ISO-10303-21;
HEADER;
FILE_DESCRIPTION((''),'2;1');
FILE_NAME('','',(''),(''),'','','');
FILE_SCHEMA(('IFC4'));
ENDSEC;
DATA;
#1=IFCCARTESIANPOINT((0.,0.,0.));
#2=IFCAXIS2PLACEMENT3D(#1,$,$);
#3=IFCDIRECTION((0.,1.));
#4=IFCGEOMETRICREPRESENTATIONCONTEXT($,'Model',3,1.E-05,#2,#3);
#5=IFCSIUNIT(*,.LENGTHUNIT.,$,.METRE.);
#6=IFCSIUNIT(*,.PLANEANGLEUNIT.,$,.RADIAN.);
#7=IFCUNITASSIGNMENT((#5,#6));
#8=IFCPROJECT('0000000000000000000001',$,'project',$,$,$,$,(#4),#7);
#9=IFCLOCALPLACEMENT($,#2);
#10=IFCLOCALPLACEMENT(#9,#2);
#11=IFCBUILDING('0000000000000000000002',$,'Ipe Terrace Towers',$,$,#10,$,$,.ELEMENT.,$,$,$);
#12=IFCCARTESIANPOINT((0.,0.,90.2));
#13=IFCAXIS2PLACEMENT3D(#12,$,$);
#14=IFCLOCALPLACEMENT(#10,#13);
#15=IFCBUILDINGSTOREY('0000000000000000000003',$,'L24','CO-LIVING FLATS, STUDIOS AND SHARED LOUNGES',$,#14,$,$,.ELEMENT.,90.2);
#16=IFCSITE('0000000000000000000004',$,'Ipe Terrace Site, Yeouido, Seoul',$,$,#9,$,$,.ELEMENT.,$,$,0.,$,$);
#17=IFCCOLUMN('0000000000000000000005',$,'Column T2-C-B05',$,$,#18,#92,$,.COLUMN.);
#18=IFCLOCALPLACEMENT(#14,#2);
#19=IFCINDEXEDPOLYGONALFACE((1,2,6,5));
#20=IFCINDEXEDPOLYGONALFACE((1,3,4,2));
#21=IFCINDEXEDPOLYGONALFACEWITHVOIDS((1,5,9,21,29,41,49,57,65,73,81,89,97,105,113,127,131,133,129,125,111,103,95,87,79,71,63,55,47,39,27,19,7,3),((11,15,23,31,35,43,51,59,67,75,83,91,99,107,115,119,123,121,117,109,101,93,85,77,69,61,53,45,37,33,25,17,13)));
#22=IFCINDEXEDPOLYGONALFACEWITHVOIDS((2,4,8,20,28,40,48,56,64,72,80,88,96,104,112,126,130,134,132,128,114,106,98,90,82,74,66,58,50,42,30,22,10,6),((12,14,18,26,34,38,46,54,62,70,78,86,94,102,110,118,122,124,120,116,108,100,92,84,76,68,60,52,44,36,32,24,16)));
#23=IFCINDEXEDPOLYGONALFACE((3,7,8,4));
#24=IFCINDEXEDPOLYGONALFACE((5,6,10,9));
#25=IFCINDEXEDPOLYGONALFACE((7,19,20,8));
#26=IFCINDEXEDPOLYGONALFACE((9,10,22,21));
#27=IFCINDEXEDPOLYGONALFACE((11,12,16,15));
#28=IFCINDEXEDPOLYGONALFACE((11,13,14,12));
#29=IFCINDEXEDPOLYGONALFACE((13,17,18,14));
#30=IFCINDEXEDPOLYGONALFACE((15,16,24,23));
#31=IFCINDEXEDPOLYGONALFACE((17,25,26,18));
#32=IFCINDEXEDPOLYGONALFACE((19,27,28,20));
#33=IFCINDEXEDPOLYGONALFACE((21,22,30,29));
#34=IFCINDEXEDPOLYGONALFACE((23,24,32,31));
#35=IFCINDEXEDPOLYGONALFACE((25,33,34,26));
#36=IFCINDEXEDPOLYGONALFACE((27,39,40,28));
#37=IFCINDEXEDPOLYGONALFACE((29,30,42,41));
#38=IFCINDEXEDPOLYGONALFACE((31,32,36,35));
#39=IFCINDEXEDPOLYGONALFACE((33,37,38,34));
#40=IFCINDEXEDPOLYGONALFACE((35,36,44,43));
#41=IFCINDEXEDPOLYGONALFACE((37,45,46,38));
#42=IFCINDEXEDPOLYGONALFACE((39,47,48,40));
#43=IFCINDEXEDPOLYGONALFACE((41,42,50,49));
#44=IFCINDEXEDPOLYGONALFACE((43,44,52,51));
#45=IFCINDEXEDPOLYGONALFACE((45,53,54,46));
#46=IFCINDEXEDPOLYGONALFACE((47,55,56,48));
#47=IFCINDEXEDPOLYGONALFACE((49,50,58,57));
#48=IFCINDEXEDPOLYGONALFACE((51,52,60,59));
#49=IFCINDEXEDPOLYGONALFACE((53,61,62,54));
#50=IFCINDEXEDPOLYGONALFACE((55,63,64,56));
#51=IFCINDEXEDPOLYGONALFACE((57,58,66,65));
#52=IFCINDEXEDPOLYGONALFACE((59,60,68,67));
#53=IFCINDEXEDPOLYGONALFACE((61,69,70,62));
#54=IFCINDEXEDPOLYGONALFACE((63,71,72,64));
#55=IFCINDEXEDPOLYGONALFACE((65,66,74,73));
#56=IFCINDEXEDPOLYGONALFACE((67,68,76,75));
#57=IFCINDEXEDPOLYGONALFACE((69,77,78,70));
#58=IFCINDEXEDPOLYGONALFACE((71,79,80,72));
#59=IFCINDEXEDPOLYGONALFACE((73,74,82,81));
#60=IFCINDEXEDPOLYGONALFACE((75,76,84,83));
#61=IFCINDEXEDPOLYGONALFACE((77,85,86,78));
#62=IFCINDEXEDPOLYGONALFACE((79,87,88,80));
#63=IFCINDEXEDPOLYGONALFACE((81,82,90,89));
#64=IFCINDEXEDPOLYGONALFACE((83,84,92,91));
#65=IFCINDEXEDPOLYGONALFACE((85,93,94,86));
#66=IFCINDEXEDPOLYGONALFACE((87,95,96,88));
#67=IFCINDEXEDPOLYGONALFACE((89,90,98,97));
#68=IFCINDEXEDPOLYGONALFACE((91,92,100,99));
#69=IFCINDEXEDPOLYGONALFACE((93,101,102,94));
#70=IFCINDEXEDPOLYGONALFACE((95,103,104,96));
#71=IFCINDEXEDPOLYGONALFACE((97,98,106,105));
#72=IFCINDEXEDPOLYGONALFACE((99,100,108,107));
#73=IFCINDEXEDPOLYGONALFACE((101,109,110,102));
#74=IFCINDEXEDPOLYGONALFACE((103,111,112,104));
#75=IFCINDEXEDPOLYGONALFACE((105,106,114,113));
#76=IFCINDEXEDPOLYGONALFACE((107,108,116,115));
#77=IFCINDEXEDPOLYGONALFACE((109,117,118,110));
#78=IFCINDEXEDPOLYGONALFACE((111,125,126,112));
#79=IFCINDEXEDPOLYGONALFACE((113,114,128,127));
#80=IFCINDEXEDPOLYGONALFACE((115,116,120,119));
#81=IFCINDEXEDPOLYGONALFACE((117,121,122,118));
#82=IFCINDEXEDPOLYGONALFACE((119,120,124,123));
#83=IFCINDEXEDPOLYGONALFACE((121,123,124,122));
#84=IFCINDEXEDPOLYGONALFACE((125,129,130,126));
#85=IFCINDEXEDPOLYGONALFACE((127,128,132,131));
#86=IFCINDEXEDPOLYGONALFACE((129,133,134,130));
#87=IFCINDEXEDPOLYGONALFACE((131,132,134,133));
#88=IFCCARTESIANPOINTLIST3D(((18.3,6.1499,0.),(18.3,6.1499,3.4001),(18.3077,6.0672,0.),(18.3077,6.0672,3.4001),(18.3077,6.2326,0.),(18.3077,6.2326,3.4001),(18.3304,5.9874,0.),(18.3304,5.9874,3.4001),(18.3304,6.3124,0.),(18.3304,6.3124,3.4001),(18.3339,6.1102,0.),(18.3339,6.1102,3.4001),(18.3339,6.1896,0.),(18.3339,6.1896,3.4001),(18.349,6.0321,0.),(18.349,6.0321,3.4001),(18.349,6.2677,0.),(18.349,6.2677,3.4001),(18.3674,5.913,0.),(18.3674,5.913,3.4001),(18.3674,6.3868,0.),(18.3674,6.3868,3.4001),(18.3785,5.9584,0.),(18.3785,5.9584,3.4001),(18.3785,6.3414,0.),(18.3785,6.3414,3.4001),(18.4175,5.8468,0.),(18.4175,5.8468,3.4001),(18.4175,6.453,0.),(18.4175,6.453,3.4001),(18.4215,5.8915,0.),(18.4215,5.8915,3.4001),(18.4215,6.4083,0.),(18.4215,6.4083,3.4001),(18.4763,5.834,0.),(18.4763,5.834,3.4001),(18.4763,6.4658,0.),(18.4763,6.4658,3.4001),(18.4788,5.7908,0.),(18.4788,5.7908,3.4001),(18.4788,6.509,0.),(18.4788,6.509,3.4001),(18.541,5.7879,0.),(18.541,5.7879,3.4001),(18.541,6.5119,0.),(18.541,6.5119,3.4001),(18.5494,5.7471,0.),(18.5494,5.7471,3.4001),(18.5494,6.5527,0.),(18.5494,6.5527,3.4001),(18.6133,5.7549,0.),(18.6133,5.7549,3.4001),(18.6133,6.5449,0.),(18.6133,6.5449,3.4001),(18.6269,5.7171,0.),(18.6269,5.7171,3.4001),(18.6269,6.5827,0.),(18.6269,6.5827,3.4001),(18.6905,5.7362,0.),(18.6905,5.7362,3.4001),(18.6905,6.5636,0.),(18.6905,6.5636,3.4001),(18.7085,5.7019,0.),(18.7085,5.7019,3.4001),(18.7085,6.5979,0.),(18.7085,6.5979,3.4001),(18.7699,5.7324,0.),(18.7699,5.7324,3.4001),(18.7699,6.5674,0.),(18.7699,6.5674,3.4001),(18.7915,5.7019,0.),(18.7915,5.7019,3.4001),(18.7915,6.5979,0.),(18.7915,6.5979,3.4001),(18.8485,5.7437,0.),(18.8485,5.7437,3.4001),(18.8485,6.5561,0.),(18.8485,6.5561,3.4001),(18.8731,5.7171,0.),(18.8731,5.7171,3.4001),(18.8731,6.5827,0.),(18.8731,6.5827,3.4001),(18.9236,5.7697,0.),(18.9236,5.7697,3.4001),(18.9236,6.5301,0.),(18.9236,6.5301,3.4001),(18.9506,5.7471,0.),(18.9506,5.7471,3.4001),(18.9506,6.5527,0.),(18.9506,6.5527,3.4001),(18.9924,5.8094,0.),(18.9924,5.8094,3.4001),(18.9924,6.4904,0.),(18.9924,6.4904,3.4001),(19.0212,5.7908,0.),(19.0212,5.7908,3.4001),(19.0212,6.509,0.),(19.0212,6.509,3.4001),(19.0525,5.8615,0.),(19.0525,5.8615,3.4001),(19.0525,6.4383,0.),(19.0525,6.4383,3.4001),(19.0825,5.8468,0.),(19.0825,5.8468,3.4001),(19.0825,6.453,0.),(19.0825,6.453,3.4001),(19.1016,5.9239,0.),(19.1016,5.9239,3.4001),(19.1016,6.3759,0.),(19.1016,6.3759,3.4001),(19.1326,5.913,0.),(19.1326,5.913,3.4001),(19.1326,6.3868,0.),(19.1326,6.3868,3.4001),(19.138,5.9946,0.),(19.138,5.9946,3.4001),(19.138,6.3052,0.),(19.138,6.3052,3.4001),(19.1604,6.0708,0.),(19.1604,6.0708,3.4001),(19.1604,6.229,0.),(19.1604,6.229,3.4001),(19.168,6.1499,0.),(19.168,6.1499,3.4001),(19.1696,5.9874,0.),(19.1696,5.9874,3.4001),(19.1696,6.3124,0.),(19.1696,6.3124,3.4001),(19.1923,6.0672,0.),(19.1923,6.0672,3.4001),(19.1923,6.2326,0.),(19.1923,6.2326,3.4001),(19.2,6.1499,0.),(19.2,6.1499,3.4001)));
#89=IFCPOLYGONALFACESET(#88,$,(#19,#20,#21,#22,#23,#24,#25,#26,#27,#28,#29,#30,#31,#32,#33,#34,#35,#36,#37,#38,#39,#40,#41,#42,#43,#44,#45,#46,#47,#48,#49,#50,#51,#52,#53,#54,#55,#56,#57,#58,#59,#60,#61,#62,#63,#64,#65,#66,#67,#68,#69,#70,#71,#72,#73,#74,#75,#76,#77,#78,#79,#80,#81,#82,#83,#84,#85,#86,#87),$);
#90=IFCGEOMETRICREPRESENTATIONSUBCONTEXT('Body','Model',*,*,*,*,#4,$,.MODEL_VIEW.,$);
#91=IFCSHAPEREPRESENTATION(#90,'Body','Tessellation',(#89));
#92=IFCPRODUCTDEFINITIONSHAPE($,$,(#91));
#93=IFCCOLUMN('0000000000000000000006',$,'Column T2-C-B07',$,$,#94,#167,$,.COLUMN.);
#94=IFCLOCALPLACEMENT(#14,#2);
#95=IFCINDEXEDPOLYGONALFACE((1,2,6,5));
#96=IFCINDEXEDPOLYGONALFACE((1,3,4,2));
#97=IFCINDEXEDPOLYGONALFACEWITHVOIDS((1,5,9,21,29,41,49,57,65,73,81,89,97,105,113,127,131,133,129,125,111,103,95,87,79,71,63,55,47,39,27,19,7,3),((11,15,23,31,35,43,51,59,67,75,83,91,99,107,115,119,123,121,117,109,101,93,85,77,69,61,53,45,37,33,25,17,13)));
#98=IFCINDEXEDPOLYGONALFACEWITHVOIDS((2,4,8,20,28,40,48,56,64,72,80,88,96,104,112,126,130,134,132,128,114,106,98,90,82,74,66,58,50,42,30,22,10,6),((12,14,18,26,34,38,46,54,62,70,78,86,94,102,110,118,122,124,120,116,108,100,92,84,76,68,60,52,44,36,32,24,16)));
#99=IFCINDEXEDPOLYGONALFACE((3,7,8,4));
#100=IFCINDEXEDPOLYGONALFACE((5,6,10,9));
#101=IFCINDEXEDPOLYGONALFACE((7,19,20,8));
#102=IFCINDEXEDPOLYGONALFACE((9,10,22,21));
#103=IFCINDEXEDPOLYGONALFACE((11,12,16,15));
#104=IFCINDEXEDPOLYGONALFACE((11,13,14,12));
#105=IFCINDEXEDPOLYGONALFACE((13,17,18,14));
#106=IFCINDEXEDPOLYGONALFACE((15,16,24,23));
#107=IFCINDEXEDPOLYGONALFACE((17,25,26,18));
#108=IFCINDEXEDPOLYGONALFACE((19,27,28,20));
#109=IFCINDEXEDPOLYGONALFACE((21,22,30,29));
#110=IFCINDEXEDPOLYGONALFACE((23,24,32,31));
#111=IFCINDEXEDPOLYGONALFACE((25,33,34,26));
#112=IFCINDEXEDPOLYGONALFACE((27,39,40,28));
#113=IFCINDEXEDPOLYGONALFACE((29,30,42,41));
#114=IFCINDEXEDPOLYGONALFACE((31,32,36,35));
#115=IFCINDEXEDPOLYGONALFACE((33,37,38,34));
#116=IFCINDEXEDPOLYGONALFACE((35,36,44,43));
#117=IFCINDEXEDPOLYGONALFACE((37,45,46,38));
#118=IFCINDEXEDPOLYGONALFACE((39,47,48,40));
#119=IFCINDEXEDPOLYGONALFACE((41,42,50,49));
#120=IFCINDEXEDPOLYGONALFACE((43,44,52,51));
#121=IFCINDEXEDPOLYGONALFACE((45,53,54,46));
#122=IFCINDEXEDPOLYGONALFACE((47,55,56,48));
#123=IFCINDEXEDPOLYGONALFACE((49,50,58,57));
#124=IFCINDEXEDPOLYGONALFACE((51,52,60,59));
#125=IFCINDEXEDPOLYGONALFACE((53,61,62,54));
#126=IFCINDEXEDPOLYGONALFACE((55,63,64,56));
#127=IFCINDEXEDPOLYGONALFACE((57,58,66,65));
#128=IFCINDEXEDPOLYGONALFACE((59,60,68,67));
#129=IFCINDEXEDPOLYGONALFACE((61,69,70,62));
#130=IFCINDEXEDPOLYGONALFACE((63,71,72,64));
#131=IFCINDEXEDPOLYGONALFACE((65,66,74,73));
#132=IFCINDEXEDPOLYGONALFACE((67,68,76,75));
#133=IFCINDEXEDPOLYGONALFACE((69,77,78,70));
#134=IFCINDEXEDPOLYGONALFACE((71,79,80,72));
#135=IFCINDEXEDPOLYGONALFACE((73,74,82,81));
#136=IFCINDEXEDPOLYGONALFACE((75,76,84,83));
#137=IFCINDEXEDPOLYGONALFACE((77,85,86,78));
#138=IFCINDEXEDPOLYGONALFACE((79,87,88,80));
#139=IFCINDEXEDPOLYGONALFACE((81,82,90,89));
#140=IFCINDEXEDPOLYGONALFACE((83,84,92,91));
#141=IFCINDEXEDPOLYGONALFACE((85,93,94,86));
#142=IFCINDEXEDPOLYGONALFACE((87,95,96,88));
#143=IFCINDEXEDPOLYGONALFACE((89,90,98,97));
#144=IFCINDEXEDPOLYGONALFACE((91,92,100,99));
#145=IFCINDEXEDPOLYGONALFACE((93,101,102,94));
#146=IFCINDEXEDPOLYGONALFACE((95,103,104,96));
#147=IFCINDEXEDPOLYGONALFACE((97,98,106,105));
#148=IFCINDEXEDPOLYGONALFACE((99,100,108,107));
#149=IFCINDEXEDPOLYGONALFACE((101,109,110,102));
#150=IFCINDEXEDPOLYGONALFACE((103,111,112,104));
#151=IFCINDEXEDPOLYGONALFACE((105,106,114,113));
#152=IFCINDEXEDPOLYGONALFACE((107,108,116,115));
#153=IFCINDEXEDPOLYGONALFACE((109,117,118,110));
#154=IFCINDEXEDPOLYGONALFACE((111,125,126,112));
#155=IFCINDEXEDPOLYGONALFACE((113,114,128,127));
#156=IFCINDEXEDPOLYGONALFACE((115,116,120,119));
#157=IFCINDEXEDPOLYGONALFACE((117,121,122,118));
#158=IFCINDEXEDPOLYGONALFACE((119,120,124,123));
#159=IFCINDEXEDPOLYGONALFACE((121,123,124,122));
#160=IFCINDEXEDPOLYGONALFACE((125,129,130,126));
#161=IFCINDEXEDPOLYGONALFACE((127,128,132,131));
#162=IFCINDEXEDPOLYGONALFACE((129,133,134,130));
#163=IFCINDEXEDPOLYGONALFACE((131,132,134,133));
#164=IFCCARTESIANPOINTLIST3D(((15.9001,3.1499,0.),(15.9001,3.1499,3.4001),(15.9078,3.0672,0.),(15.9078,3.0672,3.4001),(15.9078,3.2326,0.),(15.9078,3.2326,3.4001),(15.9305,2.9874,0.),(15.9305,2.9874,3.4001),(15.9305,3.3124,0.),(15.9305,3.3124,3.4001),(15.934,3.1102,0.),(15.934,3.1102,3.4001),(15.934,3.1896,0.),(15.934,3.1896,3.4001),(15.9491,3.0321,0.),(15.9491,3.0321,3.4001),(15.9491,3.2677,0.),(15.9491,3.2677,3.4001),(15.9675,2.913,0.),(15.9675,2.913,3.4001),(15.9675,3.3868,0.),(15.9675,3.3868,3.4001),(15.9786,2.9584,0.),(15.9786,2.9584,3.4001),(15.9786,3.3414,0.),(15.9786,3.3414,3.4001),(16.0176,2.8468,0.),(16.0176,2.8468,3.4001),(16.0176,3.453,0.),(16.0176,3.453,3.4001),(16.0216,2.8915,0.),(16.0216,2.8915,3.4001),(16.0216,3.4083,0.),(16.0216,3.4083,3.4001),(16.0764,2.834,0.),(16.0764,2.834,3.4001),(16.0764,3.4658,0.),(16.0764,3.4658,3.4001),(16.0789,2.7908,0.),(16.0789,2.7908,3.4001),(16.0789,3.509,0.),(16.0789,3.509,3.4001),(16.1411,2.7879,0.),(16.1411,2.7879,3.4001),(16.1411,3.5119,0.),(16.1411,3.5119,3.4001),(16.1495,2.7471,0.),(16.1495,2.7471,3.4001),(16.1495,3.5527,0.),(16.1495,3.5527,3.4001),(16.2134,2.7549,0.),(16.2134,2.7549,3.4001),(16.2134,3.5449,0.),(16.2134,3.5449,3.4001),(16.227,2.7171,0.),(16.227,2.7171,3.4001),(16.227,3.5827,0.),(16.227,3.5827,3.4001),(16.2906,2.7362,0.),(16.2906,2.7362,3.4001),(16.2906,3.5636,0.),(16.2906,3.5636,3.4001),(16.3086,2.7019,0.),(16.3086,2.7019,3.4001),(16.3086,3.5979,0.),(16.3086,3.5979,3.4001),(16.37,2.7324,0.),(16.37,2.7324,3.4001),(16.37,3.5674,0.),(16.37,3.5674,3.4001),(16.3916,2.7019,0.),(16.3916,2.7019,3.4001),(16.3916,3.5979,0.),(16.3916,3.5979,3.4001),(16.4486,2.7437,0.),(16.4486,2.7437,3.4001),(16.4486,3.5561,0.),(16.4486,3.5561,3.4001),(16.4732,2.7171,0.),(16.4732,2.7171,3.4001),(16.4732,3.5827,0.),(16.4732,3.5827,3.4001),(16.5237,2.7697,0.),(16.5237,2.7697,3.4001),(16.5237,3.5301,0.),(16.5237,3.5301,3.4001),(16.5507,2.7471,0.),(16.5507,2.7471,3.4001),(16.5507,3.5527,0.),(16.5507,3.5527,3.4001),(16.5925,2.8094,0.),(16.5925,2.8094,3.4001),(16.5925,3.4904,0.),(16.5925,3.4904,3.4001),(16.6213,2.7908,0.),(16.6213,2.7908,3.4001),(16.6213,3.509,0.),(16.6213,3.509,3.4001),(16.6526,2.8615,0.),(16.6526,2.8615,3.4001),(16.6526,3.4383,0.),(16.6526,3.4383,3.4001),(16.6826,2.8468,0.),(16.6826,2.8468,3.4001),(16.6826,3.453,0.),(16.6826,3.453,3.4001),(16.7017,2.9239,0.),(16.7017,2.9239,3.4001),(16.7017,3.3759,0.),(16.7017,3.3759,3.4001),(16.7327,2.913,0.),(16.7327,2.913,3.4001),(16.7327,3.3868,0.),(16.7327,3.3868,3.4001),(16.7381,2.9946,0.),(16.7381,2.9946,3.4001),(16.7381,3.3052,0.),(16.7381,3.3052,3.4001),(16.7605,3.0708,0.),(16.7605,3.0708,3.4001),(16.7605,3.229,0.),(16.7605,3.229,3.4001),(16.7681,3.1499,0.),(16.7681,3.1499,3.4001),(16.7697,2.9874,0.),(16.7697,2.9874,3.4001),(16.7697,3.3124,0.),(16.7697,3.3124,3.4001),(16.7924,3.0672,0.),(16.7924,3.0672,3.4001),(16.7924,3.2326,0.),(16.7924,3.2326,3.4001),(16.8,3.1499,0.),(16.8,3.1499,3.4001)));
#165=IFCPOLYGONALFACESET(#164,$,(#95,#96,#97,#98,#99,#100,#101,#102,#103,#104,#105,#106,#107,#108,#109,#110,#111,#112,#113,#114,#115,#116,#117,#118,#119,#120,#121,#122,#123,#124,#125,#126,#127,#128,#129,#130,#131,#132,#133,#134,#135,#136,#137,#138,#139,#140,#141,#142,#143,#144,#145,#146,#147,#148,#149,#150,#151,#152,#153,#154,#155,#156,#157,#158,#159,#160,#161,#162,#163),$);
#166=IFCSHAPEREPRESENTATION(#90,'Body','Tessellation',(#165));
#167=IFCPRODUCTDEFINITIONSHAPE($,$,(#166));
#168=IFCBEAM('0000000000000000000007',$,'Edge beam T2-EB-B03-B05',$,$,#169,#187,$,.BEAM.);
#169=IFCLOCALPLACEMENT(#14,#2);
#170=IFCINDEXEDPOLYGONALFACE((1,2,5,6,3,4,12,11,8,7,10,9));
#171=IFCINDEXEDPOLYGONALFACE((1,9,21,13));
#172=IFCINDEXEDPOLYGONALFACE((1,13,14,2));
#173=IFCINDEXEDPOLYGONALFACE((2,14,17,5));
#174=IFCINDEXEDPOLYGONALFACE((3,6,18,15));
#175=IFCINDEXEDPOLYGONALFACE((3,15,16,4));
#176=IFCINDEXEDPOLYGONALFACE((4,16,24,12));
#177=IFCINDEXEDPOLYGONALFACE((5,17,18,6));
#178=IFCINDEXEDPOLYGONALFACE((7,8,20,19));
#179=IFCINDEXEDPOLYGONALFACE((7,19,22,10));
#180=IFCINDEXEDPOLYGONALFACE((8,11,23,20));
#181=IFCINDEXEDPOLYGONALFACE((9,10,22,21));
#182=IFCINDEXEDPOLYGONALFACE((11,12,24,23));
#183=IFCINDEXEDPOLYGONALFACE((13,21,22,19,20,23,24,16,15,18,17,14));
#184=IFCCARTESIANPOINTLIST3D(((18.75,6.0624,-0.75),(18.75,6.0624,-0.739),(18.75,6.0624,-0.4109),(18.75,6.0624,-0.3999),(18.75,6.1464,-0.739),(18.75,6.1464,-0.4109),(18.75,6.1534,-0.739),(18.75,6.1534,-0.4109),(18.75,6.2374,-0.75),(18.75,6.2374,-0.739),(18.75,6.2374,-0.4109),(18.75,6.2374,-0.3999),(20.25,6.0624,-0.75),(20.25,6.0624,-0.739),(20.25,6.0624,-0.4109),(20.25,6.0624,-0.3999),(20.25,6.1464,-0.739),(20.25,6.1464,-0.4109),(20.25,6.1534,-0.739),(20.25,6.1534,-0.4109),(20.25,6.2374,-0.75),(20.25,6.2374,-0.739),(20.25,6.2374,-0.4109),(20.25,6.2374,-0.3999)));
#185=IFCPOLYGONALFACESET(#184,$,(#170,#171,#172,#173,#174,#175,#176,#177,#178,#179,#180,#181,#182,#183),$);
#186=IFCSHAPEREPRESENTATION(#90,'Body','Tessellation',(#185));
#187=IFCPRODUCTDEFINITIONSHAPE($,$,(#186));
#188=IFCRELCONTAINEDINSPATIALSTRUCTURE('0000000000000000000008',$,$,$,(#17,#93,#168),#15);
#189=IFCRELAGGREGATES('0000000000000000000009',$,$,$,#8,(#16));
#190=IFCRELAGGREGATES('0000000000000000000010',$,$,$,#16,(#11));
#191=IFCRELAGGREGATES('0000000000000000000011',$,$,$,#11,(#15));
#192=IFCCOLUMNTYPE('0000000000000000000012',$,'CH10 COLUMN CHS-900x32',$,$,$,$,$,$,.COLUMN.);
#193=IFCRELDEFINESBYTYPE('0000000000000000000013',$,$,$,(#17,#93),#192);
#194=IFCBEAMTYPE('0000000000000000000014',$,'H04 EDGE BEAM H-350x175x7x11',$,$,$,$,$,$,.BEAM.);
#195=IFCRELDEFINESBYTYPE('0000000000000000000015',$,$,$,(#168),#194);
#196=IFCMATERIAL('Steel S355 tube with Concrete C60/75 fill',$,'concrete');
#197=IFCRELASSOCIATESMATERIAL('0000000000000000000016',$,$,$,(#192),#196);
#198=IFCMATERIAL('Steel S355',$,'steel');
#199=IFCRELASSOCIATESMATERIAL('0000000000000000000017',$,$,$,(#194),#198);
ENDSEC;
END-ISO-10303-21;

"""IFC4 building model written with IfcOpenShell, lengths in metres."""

from ifc_helpers import new_model, si_unit, direction, frame, origin, origin_2d, place, context, subcontext, project, spatial, hollow_circle, i_section, extrude, material, material_profile, profile_set, type_object, element, save


model = new_model("IFC4")

# Units and contexts
model_context = context("Model", 3, precision=1e-05, world=origin(), true_north=direction((0.0, 1.0)))
body_context = subcontext(model_context, "Body", "Model", "MODEL_VIEW")
ifc_project = project(units=[si_unit("LENGTHUNIT", "METRE"), si_unit("PLANEANGLEUNIT", "RADIAN")], contexts=[model_context])

# Site, building, storey
site_placement = place(None, origin())
site = spatial("IfcSite", under=ifc_project, at=site_placement, Name="Ipe Terrace Site, Yeouido, Seoul", CompositionType="ELEMENT", RefElevation=0.0)
building_placement = place(site_placement, origin())
building = spatial("IfcBuilding", under=site, at=building_placement, Name="Ipe Terrace Towers", CompositionType="ELEMENT")
storey_placement = place(building_placement, frame((0.0, 0.0, 90.2)))
storey = spatial("IfcBuildingStorey", under=building, at=storey_placement, Name="L24", Description="CO-LIVING FLATS, STUDIOS AND SHARED LOUNGES", CompositionType="ELEMENT", Elevation=90.2)

# Columns
ifc_material_1 = material(Name="Steel S355 tube with Concrete C60/75 fill", Category="concrete")
ifc_material_profile_1 = material_profile(ifc_material_1, hollow_circle(Radius=0.45, WallThickness=0.032, at=origin_2d()), Name="CHS-900x32")
ifc_profile_set_1 = profile_set([ifc_material_profile_1], Name="Steel S355 tube with Concrete C60/75 fill")
column_type_1 = type_object("IfcColumnType", Name="CH10 COLUMN CHS-900x32", PredefinedType="COLUMN", material=ifc_profile_set_1)
for number, where, z_axis, x_axis, name in (
    (1, (18.75, 6.1499, 0.0), (0.0, 0.0, 1.0), (1.0, 0.0, 0.0), "Column T2-C-B05"),
    (2, (16.3501, 3.1499, 0.0), (0.0, 0.0, 1.0), (1.0, 0.0, 0.0), "Column T2-C-B07"),
):
    element("IfcColumn", number, at=place(storey_placement, frame(where, z_axis=z_axis, x_axis=x_axis)), inside=storey, type_object=column_type_1, Name=name, PredefinedType="COLUMN", context=body_context, shape_type="SweptSolid", body=[
        extrude(hollow_circle(Radius=0.45, WallThickness=0.032, at=origin_2d()), origin(), (0.0, 0.0, 1.0), 3.4001),
    ])

# Beam
ifc_material_2 = material(Name="Steel S355", Category="steel")
ifc_material_profile_2 = material_profile(ifc_material_2, i_section(OverallWidth=0.175, OverallDepth=0.3501, WebThickness=0.0071, FlangeThickness=0.011, at=origin_2d()), Name="H-350x175x7x11")
ifc_profile_set_2 = profile_set([ifc_material_profile_2], Name="Steel S355")
beam_type_1 = type_object("IfcBeamType", Name="H04 EDGE BEAM H-350x175x7x11", PredefinedType="BEAM", material=ifc_profile_set_2)
beam_1_placement = place(storey_placement, frame((20.25, 6.1499, -0.575), z_axis=(-1.0, 0.0, 0.0), x_axis=(0.0, -1.0, 0.0)))
element("IfcBeam", 3, at=beam_1_placement, inside=storey, type_object=beam_type_1, Name="Edge beam T2-EB-B03-B05", PredefinedType="BEAM", context=body_context, shape_type="SweptSolid", body=[
    extrude(i_section(OverallWidth=0.175, OverallDepth=0.3501, WebThickness=0.0071, FlangeThickness=0.011, at=origin_2d()), origin(), (0.0, 0.0, 1.0), 1.5),
])

save(model, "model.ifc")
